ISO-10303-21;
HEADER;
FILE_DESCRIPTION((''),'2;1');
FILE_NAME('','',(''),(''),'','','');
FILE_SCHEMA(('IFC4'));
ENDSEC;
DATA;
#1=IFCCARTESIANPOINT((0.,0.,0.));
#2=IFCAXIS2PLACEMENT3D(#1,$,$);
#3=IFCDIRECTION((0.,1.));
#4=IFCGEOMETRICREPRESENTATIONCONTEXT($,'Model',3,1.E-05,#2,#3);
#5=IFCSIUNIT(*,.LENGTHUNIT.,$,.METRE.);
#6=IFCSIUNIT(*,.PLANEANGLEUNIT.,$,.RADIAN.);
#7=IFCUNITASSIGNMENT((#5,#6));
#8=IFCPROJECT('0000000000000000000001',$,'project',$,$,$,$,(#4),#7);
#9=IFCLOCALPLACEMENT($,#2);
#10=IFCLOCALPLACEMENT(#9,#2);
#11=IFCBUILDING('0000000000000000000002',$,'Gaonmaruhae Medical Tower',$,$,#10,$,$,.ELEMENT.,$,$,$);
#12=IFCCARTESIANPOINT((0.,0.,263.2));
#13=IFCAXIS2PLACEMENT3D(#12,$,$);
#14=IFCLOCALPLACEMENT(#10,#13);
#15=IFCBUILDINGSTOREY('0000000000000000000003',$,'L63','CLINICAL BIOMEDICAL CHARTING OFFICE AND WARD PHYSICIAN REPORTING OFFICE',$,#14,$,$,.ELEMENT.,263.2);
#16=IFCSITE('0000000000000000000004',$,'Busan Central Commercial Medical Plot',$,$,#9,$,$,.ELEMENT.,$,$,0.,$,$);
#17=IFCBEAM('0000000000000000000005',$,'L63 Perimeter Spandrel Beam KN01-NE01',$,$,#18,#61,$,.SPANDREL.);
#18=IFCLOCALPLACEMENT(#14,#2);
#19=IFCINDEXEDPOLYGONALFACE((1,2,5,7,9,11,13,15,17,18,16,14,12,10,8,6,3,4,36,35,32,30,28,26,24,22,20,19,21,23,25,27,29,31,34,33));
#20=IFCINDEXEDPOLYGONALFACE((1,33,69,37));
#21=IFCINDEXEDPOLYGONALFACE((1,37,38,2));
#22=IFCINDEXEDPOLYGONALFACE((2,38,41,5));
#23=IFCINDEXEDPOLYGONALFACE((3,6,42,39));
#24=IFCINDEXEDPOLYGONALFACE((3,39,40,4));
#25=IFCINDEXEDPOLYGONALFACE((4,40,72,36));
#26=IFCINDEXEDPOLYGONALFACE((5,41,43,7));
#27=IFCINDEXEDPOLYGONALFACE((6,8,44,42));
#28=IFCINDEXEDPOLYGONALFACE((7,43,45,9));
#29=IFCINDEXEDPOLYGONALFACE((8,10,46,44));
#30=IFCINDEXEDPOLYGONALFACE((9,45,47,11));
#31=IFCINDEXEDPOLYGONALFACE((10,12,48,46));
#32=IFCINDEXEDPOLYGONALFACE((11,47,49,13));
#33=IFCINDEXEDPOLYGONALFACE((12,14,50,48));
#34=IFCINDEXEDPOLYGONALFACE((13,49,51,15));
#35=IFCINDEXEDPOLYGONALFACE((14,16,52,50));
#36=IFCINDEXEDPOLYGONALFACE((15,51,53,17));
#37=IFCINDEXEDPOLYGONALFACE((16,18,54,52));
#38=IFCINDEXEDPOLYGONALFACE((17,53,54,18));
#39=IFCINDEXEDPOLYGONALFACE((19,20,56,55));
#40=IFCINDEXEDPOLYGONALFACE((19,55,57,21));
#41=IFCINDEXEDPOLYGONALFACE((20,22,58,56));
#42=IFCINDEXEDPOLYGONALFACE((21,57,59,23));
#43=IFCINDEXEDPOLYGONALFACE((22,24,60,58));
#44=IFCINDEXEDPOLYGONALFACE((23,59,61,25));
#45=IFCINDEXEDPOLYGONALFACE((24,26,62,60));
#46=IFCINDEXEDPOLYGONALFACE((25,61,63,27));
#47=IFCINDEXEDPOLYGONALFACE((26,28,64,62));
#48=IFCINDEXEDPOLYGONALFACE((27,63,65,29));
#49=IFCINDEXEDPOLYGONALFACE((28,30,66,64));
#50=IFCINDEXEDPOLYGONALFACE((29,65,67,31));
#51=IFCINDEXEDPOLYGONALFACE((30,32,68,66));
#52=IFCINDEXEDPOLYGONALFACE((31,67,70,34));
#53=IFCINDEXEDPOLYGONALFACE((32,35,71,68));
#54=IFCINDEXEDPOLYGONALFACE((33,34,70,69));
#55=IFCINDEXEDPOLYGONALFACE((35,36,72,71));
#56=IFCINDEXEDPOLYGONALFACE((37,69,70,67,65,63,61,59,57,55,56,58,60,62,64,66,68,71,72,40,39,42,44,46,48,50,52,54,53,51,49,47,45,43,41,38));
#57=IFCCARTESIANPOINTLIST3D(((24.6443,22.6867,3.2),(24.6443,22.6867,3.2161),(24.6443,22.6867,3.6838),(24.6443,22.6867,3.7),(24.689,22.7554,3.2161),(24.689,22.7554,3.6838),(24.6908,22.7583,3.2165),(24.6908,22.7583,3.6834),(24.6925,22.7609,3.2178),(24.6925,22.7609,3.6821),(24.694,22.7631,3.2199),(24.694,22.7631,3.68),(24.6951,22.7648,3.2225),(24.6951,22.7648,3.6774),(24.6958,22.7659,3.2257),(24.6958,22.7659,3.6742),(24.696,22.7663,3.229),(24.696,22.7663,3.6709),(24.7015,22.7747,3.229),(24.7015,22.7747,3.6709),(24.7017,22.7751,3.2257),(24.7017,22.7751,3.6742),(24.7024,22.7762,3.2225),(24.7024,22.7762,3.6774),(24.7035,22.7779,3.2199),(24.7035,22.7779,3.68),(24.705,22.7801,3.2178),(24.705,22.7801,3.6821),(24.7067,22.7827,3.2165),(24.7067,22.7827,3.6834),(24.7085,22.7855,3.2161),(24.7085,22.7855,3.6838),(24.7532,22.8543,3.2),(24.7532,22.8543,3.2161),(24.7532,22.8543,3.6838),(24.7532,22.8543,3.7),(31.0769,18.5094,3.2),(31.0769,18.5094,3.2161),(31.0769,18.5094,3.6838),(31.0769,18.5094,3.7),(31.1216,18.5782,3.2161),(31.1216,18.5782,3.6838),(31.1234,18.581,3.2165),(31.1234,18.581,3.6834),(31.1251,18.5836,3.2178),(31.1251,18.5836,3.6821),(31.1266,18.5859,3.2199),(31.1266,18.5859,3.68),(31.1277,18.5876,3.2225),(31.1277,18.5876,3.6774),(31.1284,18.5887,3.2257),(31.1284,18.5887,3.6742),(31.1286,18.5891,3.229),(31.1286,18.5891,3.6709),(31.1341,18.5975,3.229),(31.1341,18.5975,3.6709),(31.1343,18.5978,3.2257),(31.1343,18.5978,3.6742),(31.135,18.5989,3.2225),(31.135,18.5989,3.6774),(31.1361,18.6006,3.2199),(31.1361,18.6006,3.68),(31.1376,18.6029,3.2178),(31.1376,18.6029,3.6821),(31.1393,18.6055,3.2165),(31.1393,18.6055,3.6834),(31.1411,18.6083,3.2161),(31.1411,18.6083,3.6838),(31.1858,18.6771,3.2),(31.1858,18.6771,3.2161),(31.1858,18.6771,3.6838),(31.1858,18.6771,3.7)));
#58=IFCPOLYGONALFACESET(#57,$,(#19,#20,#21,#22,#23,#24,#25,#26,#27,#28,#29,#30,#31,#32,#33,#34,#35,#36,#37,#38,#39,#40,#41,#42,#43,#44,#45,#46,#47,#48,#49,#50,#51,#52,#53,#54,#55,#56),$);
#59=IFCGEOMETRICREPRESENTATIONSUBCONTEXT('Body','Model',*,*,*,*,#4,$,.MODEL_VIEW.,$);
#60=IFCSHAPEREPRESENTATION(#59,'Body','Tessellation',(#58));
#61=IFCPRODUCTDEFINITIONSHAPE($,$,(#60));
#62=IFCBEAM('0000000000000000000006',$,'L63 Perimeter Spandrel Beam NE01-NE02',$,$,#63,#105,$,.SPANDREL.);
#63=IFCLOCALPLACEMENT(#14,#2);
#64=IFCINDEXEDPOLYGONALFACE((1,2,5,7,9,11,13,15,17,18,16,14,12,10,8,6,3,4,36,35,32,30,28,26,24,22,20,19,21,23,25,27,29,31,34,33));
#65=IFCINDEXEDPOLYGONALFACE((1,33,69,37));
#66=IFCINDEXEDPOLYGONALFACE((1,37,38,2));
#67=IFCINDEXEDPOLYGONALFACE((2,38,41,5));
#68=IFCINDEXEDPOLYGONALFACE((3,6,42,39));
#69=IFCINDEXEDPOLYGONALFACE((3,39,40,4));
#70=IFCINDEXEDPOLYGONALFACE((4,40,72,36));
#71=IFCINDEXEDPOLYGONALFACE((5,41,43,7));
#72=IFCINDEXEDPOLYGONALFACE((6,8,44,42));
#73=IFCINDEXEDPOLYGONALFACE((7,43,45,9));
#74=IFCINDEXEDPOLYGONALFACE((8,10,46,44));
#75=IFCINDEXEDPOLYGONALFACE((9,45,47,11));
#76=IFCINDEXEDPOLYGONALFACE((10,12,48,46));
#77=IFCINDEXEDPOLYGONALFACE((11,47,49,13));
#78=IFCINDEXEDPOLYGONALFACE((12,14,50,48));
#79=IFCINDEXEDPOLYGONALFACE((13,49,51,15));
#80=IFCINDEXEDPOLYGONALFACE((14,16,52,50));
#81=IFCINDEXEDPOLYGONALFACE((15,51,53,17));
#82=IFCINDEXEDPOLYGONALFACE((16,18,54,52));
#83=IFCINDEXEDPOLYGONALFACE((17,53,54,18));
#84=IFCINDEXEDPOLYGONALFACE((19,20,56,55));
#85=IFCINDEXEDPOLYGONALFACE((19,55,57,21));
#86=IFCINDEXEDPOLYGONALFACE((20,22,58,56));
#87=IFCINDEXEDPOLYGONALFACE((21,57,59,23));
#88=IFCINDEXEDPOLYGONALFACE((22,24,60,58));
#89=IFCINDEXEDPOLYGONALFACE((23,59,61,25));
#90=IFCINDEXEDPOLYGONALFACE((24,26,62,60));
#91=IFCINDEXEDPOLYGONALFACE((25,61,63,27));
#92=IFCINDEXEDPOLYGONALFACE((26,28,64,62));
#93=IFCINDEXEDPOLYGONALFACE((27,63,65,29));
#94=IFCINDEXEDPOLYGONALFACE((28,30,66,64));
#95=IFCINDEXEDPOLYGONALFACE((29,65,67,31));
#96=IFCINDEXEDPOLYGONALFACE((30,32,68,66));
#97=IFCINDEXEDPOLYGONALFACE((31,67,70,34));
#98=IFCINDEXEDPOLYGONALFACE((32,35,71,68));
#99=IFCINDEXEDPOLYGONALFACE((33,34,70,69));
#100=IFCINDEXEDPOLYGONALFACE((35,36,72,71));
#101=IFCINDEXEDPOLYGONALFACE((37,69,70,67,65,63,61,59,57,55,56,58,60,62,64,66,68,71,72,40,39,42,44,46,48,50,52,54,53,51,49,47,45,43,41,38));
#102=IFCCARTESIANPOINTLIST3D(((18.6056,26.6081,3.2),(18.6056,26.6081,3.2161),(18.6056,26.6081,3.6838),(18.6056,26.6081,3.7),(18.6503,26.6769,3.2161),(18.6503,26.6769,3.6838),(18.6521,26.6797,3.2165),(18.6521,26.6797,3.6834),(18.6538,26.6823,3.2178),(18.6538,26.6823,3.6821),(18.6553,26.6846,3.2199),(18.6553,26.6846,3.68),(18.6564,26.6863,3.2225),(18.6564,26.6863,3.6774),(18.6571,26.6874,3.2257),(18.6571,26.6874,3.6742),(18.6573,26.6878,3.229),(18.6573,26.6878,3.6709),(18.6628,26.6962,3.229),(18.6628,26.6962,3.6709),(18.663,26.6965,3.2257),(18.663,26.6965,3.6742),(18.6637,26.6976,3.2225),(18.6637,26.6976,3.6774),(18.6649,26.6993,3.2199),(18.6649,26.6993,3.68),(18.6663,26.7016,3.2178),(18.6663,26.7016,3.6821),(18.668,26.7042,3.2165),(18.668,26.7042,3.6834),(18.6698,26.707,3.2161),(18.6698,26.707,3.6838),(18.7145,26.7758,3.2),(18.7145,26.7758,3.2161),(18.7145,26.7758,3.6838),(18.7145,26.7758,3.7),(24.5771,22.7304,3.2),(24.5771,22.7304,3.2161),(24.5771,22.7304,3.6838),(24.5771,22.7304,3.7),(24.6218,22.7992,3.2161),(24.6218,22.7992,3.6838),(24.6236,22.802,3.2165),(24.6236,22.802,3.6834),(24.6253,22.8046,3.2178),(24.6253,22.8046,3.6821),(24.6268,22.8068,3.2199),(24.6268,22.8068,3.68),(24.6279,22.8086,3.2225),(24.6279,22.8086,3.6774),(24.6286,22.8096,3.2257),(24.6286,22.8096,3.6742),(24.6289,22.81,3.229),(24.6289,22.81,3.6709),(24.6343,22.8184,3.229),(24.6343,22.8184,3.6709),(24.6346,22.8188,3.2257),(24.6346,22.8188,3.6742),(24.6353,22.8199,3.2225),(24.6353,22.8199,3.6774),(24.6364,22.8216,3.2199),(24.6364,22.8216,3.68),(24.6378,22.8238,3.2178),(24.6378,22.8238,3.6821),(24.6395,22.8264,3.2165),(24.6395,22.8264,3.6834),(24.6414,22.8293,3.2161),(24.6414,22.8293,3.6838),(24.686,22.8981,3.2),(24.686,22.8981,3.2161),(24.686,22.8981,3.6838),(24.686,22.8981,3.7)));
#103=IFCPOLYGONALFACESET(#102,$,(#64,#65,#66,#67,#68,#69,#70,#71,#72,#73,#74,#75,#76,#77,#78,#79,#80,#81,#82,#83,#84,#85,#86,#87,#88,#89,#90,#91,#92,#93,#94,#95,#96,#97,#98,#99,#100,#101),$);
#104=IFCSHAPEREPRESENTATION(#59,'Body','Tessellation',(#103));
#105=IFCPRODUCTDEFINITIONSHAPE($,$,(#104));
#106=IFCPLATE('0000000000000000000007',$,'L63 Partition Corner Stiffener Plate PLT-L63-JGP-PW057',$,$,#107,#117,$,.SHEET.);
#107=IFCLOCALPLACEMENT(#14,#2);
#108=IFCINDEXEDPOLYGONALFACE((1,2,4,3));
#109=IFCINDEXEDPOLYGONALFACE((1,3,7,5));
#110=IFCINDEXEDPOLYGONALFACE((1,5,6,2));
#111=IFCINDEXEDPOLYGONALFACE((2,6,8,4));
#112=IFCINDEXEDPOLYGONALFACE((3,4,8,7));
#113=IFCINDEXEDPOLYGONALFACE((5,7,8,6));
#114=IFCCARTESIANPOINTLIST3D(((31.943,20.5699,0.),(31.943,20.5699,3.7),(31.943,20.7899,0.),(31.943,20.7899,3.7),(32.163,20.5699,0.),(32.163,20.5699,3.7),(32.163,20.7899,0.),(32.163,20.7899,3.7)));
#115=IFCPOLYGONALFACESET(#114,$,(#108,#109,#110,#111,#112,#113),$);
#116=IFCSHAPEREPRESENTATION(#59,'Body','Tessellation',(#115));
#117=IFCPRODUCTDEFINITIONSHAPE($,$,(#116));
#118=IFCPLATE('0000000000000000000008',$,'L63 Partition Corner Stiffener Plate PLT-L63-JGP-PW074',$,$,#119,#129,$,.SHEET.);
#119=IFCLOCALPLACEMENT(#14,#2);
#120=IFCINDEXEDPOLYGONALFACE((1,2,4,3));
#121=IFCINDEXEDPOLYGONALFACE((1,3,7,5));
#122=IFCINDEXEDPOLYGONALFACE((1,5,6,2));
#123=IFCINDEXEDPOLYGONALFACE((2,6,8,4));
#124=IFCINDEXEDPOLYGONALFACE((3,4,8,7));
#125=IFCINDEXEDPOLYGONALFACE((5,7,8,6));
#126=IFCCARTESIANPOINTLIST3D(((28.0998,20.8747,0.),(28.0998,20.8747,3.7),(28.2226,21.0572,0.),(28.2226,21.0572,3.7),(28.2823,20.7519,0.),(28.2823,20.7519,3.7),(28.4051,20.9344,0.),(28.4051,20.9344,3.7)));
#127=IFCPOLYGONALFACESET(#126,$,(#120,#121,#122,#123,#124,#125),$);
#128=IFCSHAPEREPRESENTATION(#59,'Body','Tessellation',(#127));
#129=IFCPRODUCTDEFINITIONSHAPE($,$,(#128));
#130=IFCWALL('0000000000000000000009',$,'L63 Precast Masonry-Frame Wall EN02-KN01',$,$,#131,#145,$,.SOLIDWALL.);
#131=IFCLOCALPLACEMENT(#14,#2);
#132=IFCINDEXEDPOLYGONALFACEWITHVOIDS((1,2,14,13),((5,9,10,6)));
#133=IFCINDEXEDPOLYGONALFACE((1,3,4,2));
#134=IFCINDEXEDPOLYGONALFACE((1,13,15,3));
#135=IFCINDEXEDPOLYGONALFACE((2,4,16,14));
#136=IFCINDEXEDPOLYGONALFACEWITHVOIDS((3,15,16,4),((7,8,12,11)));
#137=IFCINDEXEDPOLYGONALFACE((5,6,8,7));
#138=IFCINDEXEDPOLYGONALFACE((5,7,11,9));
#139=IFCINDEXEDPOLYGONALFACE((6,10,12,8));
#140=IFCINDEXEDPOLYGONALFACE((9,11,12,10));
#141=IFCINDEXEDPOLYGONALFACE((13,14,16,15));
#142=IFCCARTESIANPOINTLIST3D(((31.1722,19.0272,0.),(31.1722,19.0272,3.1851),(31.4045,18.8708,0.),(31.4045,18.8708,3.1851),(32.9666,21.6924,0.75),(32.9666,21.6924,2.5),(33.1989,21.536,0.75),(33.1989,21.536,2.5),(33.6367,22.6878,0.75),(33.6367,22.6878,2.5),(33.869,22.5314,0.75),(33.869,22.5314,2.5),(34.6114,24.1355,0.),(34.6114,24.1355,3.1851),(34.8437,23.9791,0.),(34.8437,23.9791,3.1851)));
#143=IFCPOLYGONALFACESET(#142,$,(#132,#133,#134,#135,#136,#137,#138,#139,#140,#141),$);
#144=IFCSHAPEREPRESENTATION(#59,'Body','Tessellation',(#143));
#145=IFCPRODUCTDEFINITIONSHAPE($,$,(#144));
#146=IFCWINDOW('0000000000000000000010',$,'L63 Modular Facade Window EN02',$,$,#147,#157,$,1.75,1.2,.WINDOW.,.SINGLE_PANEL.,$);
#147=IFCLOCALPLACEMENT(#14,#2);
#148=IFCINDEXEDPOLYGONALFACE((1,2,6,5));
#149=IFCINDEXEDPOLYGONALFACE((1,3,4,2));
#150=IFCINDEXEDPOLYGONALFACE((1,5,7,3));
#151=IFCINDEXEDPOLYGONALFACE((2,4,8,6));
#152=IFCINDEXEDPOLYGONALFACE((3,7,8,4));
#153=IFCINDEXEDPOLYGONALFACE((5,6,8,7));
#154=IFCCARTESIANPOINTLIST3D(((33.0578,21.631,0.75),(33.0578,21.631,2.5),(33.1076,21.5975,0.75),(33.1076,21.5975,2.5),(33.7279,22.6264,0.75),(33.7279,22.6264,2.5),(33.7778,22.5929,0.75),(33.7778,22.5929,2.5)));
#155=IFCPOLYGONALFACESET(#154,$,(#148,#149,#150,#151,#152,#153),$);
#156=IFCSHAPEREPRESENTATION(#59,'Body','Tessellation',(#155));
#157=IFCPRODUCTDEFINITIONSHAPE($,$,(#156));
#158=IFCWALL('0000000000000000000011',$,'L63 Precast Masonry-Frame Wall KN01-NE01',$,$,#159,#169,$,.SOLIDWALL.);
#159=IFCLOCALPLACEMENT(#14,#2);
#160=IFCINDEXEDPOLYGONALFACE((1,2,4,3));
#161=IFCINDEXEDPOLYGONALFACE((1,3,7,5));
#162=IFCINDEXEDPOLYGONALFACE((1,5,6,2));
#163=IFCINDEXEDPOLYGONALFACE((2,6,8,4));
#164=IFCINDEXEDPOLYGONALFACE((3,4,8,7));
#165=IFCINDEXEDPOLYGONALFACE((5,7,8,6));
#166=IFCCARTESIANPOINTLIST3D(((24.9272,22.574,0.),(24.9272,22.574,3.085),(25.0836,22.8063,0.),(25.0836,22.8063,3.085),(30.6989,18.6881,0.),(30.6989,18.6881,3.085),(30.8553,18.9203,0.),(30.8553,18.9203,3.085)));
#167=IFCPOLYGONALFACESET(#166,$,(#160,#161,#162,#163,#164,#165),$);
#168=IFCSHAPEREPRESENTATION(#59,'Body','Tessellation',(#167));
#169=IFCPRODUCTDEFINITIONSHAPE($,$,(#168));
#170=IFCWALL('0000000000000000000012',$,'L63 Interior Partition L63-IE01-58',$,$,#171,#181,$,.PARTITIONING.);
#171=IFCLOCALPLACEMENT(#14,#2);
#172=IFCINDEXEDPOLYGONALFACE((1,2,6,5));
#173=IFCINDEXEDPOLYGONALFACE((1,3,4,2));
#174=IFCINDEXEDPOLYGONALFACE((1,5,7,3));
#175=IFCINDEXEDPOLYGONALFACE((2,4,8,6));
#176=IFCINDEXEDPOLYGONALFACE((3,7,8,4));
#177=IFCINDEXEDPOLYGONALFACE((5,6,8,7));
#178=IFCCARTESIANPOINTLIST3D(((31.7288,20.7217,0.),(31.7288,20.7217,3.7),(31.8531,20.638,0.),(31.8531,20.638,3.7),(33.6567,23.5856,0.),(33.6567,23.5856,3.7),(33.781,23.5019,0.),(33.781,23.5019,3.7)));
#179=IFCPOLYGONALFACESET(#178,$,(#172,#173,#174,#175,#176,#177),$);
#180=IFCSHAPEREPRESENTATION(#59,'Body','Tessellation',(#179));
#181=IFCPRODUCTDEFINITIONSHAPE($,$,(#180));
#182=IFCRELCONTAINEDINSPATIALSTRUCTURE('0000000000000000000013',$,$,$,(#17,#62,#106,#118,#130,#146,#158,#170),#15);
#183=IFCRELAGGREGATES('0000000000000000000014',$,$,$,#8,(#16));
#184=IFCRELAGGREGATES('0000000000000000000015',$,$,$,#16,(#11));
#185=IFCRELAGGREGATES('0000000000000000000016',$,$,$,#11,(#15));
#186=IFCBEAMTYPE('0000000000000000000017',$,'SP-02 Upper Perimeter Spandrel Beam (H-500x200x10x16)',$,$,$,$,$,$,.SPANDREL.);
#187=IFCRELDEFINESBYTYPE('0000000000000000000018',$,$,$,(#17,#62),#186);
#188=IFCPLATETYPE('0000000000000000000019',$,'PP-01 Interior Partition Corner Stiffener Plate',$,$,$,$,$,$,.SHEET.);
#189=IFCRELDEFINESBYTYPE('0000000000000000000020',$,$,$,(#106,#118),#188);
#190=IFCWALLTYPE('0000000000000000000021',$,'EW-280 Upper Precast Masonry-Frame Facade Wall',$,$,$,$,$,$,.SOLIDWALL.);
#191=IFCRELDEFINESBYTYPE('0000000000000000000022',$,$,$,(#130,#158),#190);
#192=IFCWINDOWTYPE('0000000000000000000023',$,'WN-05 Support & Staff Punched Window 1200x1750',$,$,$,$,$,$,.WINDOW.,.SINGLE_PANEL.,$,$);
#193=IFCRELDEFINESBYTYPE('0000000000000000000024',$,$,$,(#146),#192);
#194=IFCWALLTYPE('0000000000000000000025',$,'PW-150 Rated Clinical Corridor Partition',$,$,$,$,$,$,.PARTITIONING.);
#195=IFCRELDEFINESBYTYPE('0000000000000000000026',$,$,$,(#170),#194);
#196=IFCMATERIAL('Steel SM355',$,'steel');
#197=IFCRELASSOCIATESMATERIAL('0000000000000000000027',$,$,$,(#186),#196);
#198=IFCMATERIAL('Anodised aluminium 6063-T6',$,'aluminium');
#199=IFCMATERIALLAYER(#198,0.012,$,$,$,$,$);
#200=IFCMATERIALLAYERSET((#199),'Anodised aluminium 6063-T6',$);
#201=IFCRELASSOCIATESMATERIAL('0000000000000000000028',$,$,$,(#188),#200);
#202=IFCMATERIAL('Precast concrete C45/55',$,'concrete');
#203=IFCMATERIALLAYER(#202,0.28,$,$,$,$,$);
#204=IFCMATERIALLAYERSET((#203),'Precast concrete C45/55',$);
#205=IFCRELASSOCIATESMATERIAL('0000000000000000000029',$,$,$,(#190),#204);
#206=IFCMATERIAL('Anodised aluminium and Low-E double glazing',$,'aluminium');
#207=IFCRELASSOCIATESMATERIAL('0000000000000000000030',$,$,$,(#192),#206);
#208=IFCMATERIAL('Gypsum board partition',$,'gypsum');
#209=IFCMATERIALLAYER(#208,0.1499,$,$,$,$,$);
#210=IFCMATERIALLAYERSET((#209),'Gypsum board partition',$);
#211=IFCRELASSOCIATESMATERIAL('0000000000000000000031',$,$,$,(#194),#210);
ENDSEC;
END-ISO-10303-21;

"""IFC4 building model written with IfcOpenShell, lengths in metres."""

from ifc_helpers import new_model, si_unit, direction, frame, frame_2d, origin, origin_2d, place, context, subcontext, project, spatial, rectangle, i_section, extrude, material, layer, layer_set, material_profile, profile_set, type_object, element, fill, save


model = new_model("IFC4")

# Units and contexts
model_context = context("Model", 3, precision=1e-05, world=origin(), true_north=direction((0.0, 1.0)))
body_context = subcontext(model_context, "Body", "Model", "MODEL_VIEW")
ifc_project = project(units=[si_unit("LENGTHUNIT", "METRE"), si_unit("PLANEANGLEUNIT", "RADIAN")], contexts=[model_context])

# Site, building, storey
site_placement = place(None, origin())
site = spatial("IfcSite", under=ifc_project, at=site_placement, Name="Busan Central Commercial Medical Plot", CompositionType="ELEMENT", RefElevation=0.0)
building_placement = place(site_placement, origin())
building = spatial("IfcBuilding", under=site, at=building_placement, Name="Gaonmaruhae Medical Tower", CompositionType="ELEMENT")
storey_placement = place(building_placement, frame((0.0, 0.0, 263.2)))
storey = spatial("IfcBuildingStorey", under=building, at=storey_placement, Name="L63", Description="CLINICAL BIOMEDICAL CHARTING OFFICE AND WARD PHYSICIAN REPORTING OFFICE", CompositionType="ELEMENT", Elevation=263.2)

# Beams
ifc_material_1 = material(Name="Steel SM355", Category="steel")
ifc_material_profile_1 = material_profile(ifc_material_1, i_section(OverallWidth=0.2, OverallDepth=0.5, WebThickness=0.01, FlangeThickness=0.0161, FilletRadius=0.0129, at=origin_2d()), Name="H-500x200x10x16")
ifc_profile_set_1 = profile_set([ifc_material_profile_1], Name="Steel SM355")
beam_type_1 = type_object("IfcBeamType", Name="SP-02 Upper Perimeter Spandrel Beam (H-500x200x10x16)", PredefinedType="SPANDREL", material=ifc_profile_set_1)
beam_1_placement = place(storey_placement, frame((31.1313, 18.5933, 3.45), z_axis=(-0.838679, 0.544626, 0.0), x_axis=(-0.544626, -0.838679, 0.0)))
element("IfcBeam", 1, at=beam_1_placement, inside=storey, type_object=beam_type_1, Name="L63 Perimeter Spandrel Beam KN01-NE01", PredefinedType="SPANDREL", context=body_context, shape_type="SweptSolid", body=[
    extrude(i_section(OverallWidth=0.2, OverallDepth=0.5, WebThickness=0.01, FlangeThickness=0.0161, FilletRadius=0.0129, at=origin_2d()), origin(), (0.0, 0.0, 1.0), 7.6699),
])
beam_2_placement = place(storey_placement, frame((24.6316, 22.8142, 3.45), z_axis=(-0.838684, 0.544618, 0.0), x_axis=(-0.544618, -0.838684, 0.0)))
element("IfcBeam", 2, at=beam_2_placement, inside=storey, type_object=beam_type_1, Name="L63 Perimeter Spandrel Beam NE01-NE02", PredefinedType="SPANDREL", context=body_context, shape_type="SweptSolid", body=[
    extrude(i_section(OverallWidth=0.2, OverallDepth=0.5, WebThickness=0.01, FlangeThickness=0.0161, FilletRadius=0.0129, at=origin_2d()), origin(), (0.0, 0.0, 1.0), 7.1201),
])

# Plates
ifc_material_2 = material(Name="Anodised aluminium 6063-T6", Category="aluminium")
ifc_layer_1 = layer(ifc_material_2, 0.012)
ifc_layer_set_1 = layer_set([ifc_layer_1], Name="Anodised aluminium 6063-T6")
plate_type = type_object("IfcPlateType", Name="PP-01 Interior Partition Corner Stiffener Plate", PredefinedType="SHEET", material=ifc_layer_set_1)
for number, where, z_axis, x_axis, name in (
    (3, (32.053, 20.6799, 0.0), (0.0, 0.0, 1.0), (-1.0, 0.0, 0.0), "L63 Partition Corner Stiffener Plate PLT-L63-JGP-PW057"),
    (4, (28.2524, 20.9045, 0.0), (0.0, 0.0, 1.0), (-0.558411, -0.829564, 0.0), "L63 Partition Corner Stiffener Plate PLT-L63-JGP-PW074"),
):
    element("IfcPlate", number, at=place(storey_placement, frame(where, z_axis=z_axis, x_axis=x_axis)), inside=storey, type_object=plate_type, Name=name, PredefinedType="SHEET", context=body_context, shape_type="SweptSolid", body=[
        extrude(rectangle(XDim=0.22, YDim=0.22, at=origin_2d()), origin(), (0.0, 0.0, 1.0), 3.7),
    ])

# Wall, opening, window
ifc_material_3 = material(Name="Precast concrete C45/55", Category="concrete")
ifc_layer_2 = layer(ifc_material_3, 0.28)
ifc_layer_set_2 = layer_set([ifc_layer_2], Name="Precast concrete C45/55")
wall_type_1 = type_object("IfcWallType", Name="EW-280 Upper Precast Masonry-Frame Facade Wall", PredefinedType="SOLIDWALL", material=ifc_layer_set_2)
wall_1_placement = place(storey_placement, frame((31.2883, 18.949, 0.0), z_axis=(0.0, 0.0, 1.0), x_axis=(0.558473, 0.829523, 0.0)))
wall_1 = element("IfcWall", 5, at=wall_1_placement, inside=storey, type_object=wall_type_1, Name="L63 Precast Masonry-Frame Wall EN02-KN01", PredefinedType="SOLIDWALL", context=body_context, shape_type="SweptSolid", body=[
    extrude(rectangle(XDim=6.1582, YDim=0.28, at=frame_2d((3.0791, 0.0))), origin(), (0.0, 0.0, 1.0), 3.1851),
])
opening_1_placement = place(wall_1_placement, frame((3.2129, 0.0, 0.75)))
opening_1 = element("IfcOpeningElement", 6, at=opening_1_placement, cuts=wall_1, PredefinedType="OPENING", context=body_context, shape_type="SweptSolid", body=[
    extrude(rectangle(XDim=1.2, YDim=1.75, at=frame_2d((0.6001, 0.875))), frame((0.0, 0.1499, 0.0), z_axis=(0.0, -1.0, 0.0), x_axis=(1.0, 0.0, 0.0)), (0.0, 0.0, 1.0), 0.3),
])
ifc_material_4 = material(Name="Anodised aluminium and Low-E double glazing", Category="aluminium")
window_type = type_object("IfcWindowType", Name="WN-05 Support & Staff Punched Window 1200x1750", PartitioningType="SINGLE_PANEL", PredefinedType="WINDOW", material=ifc_material_4)
window_placement = place(opening_1_placement, origin())
window = element("IfcWindow", 7, at=window_placement, inside=storey, type_object=window_type, Name="L63 Modular Facade Window EN02", OverallHeight=1.75, OverallWidth=1.2, PartitioningType="SINGLE_PANEL", PredefinedType="WINDOW", context=body_context, shape_type="SweptSolid", body=[
    extrude(rectangle(XDim=1.2, YDim=1.75, at=frame_2d((0.6001, 0.875))), frame((0.0, 0.03, 0.0), z_axis=(0.0, -1.0, 0.0), x_axis=(1.0, 0.0, 0.0)), (0.0, 0.0, 1.0), 0.0601),
])
fill(opening_1, window)

# Walls
wall_2_placement = place(storey_placement, frame((25.0054, 22.6902, 0.0), z_axis=(0.0, 0.0, 1.0), x_axis=(0.82951, -0.558492, 0.0)))
element("IfcWall", 8, at=wall_2_placement, inside=storey, type_object=wall_type_1, Name="L63 Precast Masonry-Frame Wall KN01-NE01", PredefinedType="SOLIDWALL", context=body_context, shape_type="SweptSolid", body=[
    extrude(rectangle(XDim=6.958, YDim=0.28, at=frame_2d((3.479, 0.0))), origin(), (0.0, 0.0, 1.0), 3.085),
])
ifc_material_5 = material(Name="Gypsum board partition", Category="gypsum")
ifc_layer_3 = layer(ifc_material_5, 0.1499)
ifc_layer_set_3 = layer_set([ifc_layer_3], Name="Gypsum board partition")
wall_type_2 = type_object("IfcWallType", Name="PW-150 Rated Clinical Corridor Partition", PredefinedType="PARTITIONING", material=ifc_layer_set_3)
wall_3_placement = place(storey_placement, frame((31.791, 20.6799, 0.0), z_axis=(0.0, 0.0, 1.0), x_axis=(0.558432, 0.829551, 0.0)))
element("IfcWall", 9, at=wall_3_placement, inside=storey, type_object=wall_type_2, Name="L63 Interior Partition L63-IE01-58", PredefinedType="PARTITIONING", context=body_context, shape_type="SweptSolid", body=[
    extrude(rectangle(XDim=3.4524, YDim=0.1499, at=frame_2d((1.7261, 0.0))), origin(), (0.0, 0.0, 1.0), 3.7),
])

save(model, "model.ifc")
